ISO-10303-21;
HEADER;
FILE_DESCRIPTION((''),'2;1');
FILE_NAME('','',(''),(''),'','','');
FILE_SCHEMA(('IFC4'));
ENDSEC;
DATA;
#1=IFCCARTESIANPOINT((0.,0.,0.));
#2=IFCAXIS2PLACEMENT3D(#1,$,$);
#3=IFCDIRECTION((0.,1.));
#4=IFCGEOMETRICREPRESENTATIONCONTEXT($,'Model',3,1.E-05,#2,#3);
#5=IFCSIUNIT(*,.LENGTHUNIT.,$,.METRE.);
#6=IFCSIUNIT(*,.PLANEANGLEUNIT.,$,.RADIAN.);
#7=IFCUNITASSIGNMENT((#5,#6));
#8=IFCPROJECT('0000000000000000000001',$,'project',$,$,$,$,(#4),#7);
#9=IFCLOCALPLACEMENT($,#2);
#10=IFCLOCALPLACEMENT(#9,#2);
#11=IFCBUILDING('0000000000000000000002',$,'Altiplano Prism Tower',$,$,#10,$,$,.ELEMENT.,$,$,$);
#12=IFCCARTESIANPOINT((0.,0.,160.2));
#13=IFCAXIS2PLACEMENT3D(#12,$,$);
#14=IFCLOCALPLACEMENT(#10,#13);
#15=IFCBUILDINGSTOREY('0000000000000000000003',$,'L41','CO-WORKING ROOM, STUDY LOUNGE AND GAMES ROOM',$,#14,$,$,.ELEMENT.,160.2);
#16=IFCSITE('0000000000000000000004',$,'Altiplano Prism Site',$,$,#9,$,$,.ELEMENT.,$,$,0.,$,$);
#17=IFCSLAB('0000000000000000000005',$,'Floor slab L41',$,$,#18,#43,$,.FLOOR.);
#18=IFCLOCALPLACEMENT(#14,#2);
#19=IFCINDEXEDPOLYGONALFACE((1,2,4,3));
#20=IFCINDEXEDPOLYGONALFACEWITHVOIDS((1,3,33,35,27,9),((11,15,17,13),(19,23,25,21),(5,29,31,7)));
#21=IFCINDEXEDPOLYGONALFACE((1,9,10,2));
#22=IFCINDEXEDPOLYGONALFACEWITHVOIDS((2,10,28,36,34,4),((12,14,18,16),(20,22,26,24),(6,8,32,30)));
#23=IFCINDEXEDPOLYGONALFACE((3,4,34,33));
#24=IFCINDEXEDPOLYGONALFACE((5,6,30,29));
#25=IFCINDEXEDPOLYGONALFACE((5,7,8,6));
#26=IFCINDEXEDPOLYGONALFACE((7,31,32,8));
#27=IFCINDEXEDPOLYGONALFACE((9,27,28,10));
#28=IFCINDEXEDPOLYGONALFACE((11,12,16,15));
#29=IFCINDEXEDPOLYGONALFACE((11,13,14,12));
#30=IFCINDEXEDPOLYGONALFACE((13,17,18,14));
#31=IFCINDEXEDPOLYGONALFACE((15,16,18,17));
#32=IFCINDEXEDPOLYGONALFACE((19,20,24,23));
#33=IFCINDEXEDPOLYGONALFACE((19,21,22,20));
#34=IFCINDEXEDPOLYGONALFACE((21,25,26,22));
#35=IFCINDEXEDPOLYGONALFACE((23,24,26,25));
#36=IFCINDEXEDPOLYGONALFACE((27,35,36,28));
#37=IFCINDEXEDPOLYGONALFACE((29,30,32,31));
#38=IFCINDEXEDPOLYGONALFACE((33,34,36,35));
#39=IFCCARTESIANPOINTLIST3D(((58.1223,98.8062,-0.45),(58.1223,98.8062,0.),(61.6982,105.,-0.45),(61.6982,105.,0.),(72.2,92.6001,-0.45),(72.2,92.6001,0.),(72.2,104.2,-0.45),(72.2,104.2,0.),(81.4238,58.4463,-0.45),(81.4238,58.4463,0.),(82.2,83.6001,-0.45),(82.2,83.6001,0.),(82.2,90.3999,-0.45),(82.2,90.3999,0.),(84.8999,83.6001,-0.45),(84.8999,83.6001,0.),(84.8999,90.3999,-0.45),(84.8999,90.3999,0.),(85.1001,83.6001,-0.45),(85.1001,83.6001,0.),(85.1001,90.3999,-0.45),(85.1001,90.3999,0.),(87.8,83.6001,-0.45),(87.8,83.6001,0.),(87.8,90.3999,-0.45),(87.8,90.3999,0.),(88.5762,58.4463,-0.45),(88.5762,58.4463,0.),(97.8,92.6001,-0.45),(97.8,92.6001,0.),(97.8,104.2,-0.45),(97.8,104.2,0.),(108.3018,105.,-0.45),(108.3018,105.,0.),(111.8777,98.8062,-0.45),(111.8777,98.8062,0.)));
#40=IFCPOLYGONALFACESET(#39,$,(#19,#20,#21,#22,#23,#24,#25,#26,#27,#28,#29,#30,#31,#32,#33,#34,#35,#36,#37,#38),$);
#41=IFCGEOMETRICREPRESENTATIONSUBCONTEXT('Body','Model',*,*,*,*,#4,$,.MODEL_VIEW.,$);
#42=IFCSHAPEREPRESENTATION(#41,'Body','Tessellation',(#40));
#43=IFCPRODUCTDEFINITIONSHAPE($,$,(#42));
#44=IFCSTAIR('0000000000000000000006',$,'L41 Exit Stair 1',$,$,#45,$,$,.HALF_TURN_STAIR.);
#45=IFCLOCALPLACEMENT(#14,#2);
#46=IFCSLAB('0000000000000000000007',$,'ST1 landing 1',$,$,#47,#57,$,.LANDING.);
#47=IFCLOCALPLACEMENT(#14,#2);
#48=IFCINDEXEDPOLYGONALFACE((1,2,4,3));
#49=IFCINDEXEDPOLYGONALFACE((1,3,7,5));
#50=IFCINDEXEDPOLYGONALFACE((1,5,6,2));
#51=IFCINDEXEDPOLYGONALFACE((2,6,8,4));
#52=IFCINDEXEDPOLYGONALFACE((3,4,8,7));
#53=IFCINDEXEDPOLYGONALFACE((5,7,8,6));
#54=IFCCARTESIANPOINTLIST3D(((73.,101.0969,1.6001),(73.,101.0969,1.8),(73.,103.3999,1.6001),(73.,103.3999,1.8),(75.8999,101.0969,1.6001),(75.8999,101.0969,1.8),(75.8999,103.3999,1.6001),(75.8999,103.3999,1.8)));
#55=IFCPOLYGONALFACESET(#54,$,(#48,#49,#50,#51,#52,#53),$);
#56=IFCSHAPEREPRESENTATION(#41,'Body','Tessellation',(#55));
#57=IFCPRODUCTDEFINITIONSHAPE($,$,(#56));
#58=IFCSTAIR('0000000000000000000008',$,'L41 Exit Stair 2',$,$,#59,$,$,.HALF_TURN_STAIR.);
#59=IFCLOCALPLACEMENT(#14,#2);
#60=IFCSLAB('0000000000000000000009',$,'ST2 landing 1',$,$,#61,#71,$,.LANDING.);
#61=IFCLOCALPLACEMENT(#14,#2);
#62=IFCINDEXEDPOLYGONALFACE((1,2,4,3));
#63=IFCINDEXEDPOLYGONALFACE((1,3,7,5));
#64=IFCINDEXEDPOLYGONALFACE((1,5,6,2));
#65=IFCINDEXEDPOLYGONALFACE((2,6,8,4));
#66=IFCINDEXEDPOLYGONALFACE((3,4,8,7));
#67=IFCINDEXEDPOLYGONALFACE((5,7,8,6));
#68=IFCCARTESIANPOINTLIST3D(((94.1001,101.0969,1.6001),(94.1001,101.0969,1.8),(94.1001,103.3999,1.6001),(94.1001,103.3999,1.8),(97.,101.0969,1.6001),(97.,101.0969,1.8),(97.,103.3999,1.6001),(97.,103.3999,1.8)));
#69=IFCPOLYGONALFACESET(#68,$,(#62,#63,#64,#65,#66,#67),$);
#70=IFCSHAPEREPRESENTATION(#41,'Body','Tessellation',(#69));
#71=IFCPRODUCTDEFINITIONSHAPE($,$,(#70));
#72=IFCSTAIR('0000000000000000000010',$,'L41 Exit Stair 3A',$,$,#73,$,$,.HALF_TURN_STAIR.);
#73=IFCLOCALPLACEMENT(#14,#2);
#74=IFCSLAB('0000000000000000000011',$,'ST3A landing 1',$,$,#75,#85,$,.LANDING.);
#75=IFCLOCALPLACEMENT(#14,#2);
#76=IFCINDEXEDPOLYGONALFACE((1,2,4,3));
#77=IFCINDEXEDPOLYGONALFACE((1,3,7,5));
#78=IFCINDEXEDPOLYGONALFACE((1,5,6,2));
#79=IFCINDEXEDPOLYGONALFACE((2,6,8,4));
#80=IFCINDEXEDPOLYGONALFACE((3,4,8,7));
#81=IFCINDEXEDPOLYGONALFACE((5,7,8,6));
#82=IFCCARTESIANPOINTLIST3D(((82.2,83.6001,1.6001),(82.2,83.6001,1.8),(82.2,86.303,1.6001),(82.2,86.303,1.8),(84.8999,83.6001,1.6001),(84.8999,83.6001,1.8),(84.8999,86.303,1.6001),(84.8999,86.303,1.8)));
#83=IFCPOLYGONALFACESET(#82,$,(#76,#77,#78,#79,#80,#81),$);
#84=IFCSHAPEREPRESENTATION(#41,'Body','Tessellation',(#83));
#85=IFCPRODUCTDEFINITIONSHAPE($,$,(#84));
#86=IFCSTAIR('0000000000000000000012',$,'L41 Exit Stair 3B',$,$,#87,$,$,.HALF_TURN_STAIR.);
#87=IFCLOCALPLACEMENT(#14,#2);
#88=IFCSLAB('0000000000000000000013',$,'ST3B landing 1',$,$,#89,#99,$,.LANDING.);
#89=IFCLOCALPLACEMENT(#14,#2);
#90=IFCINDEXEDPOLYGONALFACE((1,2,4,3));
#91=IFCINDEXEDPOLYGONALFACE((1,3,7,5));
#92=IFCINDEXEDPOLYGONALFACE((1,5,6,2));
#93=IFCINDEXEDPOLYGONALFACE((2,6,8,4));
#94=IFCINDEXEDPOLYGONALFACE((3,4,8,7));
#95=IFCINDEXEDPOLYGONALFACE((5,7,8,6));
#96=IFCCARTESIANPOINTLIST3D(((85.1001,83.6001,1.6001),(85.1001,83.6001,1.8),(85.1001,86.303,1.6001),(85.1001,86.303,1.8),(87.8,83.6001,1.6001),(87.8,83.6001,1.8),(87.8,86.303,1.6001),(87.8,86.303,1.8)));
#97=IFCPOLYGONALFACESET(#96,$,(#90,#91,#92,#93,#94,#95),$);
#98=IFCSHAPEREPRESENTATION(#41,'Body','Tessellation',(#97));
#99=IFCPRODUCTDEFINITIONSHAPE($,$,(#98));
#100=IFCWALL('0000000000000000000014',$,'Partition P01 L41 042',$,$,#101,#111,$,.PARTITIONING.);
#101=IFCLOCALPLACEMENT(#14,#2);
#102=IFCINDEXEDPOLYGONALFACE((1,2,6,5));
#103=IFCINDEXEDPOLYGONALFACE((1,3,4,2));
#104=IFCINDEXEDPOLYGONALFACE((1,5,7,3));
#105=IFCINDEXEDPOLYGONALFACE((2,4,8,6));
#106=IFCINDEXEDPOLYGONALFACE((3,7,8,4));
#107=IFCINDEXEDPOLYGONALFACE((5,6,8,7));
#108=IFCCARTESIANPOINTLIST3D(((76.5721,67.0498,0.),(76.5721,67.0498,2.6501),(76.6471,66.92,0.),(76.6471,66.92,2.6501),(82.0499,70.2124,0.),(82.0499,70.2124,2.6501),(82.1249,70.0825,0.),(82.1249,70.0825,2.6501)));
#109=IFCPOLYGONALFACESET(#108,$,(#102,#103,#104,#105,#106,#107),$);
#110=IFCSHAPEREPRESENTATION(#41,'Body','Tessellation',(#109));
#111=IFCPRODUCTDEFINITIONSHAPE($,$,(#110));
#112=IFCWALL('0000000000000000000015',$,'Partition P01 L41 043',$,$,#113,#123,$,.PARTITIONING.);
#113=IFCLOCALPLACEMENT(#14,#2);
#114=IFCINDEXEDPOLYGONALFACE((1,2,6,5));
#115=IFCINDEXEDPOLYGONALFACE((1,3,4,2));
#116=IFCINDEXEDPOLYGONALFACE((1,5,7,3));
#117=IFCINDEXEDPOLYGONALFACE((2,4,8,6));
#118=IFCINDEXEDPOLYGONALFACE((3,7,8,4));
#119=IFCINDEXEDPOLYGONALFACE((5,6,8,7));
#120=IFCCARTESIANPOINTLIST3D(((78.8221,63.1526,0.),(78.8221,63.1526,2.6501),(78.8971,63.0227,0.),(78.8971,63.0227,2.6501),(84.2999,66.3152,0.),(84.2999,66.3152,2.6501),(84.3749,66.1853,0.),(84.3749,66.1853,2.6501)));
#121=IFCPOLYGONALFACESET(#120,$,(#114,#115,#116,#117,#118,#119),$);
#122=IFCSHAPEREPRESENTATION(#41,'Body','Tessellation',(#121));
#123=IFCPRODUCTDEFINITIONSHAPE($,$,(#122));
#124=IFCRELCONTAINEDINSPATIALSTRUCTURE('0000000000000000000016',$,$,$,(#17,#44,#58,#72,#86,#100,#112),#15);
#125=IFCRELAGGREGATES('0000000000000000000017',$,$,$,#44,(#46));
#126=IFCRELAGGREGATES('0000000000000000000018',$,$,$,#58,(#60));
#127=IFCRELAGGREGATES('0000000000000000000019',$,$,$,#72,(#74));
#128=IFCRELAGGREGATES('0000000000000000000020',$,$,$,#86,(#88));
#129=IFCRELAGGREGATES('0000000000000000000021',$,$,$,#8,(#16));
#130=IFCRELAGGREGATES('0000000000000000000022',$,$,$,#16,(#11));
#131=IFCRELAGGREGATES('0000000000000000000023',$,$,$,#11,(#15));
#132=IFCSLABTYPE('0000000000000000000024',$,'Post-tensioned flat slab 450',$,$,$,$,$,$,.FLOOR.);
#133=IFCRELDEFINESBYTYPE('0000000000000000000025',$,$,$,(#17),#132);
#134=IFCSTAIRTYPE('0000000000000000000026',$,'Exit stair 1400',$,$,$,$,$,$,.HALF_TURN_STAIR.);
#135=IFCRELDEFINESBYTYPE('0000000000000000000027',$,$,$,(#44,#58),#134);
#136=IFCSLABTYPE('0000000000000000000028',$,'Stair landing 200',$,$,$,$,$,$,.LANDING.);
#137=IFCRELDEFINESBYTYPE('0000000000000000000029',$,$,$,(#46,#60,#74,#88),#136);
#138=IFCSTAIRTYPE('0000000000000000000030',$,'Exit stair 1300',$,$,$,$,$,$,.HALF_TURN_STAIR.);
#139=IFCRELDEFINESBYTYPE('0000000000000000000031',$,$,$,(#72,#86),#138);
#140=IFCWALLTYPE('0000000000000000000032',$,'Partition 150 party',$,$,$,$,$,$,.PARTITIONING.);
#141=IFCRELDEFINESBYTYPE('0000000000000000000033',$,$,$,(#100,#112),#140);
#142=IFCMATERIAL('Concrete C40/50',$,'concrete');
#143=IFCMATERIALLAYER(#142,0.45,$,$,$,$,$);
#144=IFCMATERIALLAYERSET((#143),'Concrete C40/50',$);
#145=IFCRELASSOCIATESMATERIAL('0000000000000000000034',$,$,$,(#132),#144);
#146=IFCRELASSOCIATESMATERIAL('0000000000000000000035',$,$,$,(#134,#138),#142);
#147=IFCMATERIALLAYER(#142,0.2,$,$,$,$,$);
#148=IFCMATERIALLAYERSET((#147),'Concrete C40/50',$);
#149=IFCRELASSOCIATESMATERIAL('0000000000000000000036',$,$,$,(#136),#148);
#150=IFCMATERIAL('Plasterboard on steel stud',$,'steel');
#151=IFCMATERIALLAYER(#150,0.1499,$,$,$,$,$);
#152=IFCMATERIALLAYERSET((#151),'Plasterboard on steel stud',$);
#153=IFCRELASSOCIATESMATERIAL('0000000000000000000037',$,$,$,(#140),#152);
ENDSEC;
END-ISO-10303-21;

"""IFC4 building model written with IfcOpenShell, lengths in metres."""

from ifc_helpers import new_model, si_unit, direction, frame, frame_2d, origin, place, context, subcontext, project, spatial, polyline, rectangle, outline, extrude, material, layer, layer_set, type_object, element, aggregate, save


model = new_model("IFC4")

# Units and contexts
model_context = context("Model", 3, precision=1e-05, world=origin(), true_north=direction((0.0, 1.0)))
body_context = subcontext(model_context, "Body", "Model", "MODEL_VIEW")
ifc_project = project(units=[si_unit("LENGTHUNIT", "METRE"), si_unit("PLANEANGLEUNIT", "RADIAN")], contexts=[model_context])

# Site, building, storey
site_placement = place(None, origin())
site = spatial("IfcSite", under=ifc_project, at=site_placement, Name="Altiplano Prism Site", CompositionType="ELEMENT", RefElevation=0.0)
building_placement = place(site_placement, origin())
building = spatial("IfcBuilding", under=site, at=building_placement, Name="Altiplano Prism Tower", CompositionType="ELEMENT")
storey_placement = place(building_placement, frame((0.0, 0.0, 160.2)))
storey = spatial("IfcBuildingStorey", under=building, at=storey_placement, Name="L41", Description="CO-WORKING ROOM, STUDY LOUNGE AND GAMES ROOM", CompositionType="ELEMENT", Elevation=160.2)

# Slab
ifc_material_1 = material(Name="Concrete C40/50", Category="concrete")
ifc_layer_1 = layer(ifc_material_1, 0.45)
ifc_layer_set_1 = layer_set([ifc_layer_1], Name="Concrete C40/50")
slab_type_1 = type_object("IfcSlabType", Name="Post-tensioned flat slab 450", PredefinedType="FLOOR", material=ifc_layer_set_1)
slab_1_placement = place(storey_placement, frame((0.0, 0.0, -0.45)))
element("IfcSlab", 1, at=slab_1_placement, inside=storey, type_object=slab_type_1, Name="Floor slab L41", PredefinedType="FLOOR", context=body_context, shape_type="SweptSolid", body=[
    extrude(outline(polyline([(81.4238, 58.4463), (58.1223, 98.8062), (61.6982, 105.0), (108.3018, 105.0), (111.8777, 98.8062), (88.5762, 58.4463), (81.4238, 58.4463)]), holes=[polyline([(72.2, 104.2), (72.2, 92.6001), (97.8, 92.6001), (97.8, 104.2), (72.2, 104.2)]), polyline([(84.8999, 90.3999), (82.2, 90.3999), (82.2, 83.6001), (84.8999, 83.6001), (84.8999, 90.3999)]), polyline([(87.8, 83.6001), (87.8, 90.3999), (85.1001, 90.3999), (85.1001, 83.6001), (87.8, 83.6001)])]), origin(), (0.0, 0.0, 1.0), 0.45),
])

# Stairs, slabs
stair_type_1 = type_object("IfcStairType", Name="Exit stair 1400", PredefinedType="HALF_TURN_STAIR", material=ifc_material_1)
stair_1_placement = place(storey_placement, origin())
stair_1 = element("IfcStair", 2, at=stair_1_placement, inside=storey, type_object=stair_type_1, Name="L41 Exit Stair 1", PredefinedType="HALF_TURN_STAIR")
ifc_layer_2 = layer(ifc_material_1, 0.2)
ifc_layer_set_2 = layer_set([ifc_layer_2], Name="Concrete C40/50")
slab_type_2 = type_object("IfcSlabType", Name="Stair landing 200", PredefinedType="LANDING", material=ifc_layer_set_2)
slab_2_placement = place(storey_placement, frame((0.0, 0.0, 1.6001)))
slab_2 = element("IfcSlab", 3, at=slab_2_placement, type_object=slab_type_2, Name="ST1 landing 1", PredefinedType="LANDING", context=body_context, shape_type="SweptSolid", body=[
    extrude(outline(polyline([(75.8999, 101.0969), (75.8999, 103.3999), (73.0, 103.3999), (73.0, 101.0969), (75.8999, 101.0969)])), origin(), (0.0, 0.0, 1.0), 0.2),
])
aggregate(stair_1, [slab_2])
stair_2_placement = place(storey_placement, origin())
stair_2 = element("IfcStair", 4, at=stair_2_placement, inside=storey, type_object=stair_type_1, Name="L41 Exit Stair 2", PredefinedType="HALF_TURN_STAIR")
slab_3_placement = place(storey_placement, frame((0.0, 0.0, 1.6001)))
slab_3 = element("IfcSlab", 5, at=slab_3_placement, type_object=slab_type_2, Name="ST2 landing 1", PredefinedType="LANDING", context=body_context, shape_type="SweptSolid", body=[
    extrude(outline(polyline([(97.0, 101.0969), (97.0, 103.3999), (94.1001, 103.3999), (94.1001, 101.0969), (97.0, 101.0969)])), origin(), (0.0, 0.0, 1.0), 0.2),
])
aggregate(stair_2, [slab_3])
stair_type_2 = type_object("IfcStairType", Name="Exit stair 1300", PredefinedType="HALF_TURN_STAIR", material=ifc_material_1)
stair_3_placement = place(storey_placement, origin())
stair_3 = element("IfcStair", 6, at=stair_3_placement, inside=storey, type_object=stair_type_2, Name="L41 Exit Stair 3A", PredefinedType="HALF_TURN_STAIR")
slab_4_placement = place(storey_placement, frame((0.0, 0.0, 1.6001)))
slab_4 = element("IfcSlab", 7, at=slab_4_placement, type_object=slab_type_2, Name="ST3A landing 1", PredefinedType="LANDING", context=body_context, shape_type="SweptSolid", body=[
    extrude(outline(polyline([(82.2, 86.303), (82.2, 83.6001), (84.8999, 83.6001), (84.8999, 86.303), (82.2, 86.303)])), origin(), (0.0, 0.0, 1.0), 0.2),
])
aggregate(stair_3, [slab_4])
stair_4_placement = place(storey_placement, origin())
stair_4 = element("IfcStair", 8, at=stair_4_placement, inside=storey, type_object=stair_type_2, Name="L41 Exit Stair 3B", PredefinedType="HALF_TURN_STAIR")
slab_5_placement = place(storey_placement, frame((0.0, 0.0, 1.6001)))
slab_5 = element("IfcSlab", 9, at=slab_5_placement, type_object=slab_type_2, Name="ST3B landing 1", PredefinedType="LANDING", context=body_context, shape_type="SweptSolid", body=[
    extrude(outline(polyline([(85.1001, 86.303), (85.1001, 83.6001), (87.8, 83.6001), (87.8, 86.303), (85.1001, 86.303)])), origin(), (0.0, 0.0, 1.0), 0.2),
])
aggregate(stair_4, [slab_5])

# Walls
ifc_material_2 = material(Name="Plasterboard on steel stud", Category="steel")
ifc_layer_3 = layer(ifc_material_2, 0.1499)
ifc_layer_set_3 = layer_set([ifc_layer_3], Name="Plasterboard on steel stud")
wall_type = type_object("IfcWallType", Name="Partition 150 party", PredefinedType="PARTITIONING", material=ifc_layer_set_3)
for number, where, z_axis, x_axis, name in (
    (10, (76.6096, 66.9849, 0.0), (0.0, 0.0, 1.0), (0.866026, 0.5, 0.0), "Partition P01 L41 042"),
    (11, (78.8596, 63.0876, 0.0), (0.0, 0.0, 1.0), (0.866026, 0.5, 0.0), "Partition P01 L41 043"),
):
    element("IfcWall", number, at=place(storey_placement, frame(where, z_axis=z_axis, x_axis=x_axis)), inside=storey, type_object=wall_type, Name=name, PredefinedType="PARTITIONING", context=body_context, shape_type="SweptSolid", body=[
        extrude(rectangle(XDim=6.3252, YDim=0.1499, at=frame_2d((3.1626, 0.0))), origin(), (0.0, 0.0, 1.0), 2.6501),
    ])

save(model, "model.ifc")
